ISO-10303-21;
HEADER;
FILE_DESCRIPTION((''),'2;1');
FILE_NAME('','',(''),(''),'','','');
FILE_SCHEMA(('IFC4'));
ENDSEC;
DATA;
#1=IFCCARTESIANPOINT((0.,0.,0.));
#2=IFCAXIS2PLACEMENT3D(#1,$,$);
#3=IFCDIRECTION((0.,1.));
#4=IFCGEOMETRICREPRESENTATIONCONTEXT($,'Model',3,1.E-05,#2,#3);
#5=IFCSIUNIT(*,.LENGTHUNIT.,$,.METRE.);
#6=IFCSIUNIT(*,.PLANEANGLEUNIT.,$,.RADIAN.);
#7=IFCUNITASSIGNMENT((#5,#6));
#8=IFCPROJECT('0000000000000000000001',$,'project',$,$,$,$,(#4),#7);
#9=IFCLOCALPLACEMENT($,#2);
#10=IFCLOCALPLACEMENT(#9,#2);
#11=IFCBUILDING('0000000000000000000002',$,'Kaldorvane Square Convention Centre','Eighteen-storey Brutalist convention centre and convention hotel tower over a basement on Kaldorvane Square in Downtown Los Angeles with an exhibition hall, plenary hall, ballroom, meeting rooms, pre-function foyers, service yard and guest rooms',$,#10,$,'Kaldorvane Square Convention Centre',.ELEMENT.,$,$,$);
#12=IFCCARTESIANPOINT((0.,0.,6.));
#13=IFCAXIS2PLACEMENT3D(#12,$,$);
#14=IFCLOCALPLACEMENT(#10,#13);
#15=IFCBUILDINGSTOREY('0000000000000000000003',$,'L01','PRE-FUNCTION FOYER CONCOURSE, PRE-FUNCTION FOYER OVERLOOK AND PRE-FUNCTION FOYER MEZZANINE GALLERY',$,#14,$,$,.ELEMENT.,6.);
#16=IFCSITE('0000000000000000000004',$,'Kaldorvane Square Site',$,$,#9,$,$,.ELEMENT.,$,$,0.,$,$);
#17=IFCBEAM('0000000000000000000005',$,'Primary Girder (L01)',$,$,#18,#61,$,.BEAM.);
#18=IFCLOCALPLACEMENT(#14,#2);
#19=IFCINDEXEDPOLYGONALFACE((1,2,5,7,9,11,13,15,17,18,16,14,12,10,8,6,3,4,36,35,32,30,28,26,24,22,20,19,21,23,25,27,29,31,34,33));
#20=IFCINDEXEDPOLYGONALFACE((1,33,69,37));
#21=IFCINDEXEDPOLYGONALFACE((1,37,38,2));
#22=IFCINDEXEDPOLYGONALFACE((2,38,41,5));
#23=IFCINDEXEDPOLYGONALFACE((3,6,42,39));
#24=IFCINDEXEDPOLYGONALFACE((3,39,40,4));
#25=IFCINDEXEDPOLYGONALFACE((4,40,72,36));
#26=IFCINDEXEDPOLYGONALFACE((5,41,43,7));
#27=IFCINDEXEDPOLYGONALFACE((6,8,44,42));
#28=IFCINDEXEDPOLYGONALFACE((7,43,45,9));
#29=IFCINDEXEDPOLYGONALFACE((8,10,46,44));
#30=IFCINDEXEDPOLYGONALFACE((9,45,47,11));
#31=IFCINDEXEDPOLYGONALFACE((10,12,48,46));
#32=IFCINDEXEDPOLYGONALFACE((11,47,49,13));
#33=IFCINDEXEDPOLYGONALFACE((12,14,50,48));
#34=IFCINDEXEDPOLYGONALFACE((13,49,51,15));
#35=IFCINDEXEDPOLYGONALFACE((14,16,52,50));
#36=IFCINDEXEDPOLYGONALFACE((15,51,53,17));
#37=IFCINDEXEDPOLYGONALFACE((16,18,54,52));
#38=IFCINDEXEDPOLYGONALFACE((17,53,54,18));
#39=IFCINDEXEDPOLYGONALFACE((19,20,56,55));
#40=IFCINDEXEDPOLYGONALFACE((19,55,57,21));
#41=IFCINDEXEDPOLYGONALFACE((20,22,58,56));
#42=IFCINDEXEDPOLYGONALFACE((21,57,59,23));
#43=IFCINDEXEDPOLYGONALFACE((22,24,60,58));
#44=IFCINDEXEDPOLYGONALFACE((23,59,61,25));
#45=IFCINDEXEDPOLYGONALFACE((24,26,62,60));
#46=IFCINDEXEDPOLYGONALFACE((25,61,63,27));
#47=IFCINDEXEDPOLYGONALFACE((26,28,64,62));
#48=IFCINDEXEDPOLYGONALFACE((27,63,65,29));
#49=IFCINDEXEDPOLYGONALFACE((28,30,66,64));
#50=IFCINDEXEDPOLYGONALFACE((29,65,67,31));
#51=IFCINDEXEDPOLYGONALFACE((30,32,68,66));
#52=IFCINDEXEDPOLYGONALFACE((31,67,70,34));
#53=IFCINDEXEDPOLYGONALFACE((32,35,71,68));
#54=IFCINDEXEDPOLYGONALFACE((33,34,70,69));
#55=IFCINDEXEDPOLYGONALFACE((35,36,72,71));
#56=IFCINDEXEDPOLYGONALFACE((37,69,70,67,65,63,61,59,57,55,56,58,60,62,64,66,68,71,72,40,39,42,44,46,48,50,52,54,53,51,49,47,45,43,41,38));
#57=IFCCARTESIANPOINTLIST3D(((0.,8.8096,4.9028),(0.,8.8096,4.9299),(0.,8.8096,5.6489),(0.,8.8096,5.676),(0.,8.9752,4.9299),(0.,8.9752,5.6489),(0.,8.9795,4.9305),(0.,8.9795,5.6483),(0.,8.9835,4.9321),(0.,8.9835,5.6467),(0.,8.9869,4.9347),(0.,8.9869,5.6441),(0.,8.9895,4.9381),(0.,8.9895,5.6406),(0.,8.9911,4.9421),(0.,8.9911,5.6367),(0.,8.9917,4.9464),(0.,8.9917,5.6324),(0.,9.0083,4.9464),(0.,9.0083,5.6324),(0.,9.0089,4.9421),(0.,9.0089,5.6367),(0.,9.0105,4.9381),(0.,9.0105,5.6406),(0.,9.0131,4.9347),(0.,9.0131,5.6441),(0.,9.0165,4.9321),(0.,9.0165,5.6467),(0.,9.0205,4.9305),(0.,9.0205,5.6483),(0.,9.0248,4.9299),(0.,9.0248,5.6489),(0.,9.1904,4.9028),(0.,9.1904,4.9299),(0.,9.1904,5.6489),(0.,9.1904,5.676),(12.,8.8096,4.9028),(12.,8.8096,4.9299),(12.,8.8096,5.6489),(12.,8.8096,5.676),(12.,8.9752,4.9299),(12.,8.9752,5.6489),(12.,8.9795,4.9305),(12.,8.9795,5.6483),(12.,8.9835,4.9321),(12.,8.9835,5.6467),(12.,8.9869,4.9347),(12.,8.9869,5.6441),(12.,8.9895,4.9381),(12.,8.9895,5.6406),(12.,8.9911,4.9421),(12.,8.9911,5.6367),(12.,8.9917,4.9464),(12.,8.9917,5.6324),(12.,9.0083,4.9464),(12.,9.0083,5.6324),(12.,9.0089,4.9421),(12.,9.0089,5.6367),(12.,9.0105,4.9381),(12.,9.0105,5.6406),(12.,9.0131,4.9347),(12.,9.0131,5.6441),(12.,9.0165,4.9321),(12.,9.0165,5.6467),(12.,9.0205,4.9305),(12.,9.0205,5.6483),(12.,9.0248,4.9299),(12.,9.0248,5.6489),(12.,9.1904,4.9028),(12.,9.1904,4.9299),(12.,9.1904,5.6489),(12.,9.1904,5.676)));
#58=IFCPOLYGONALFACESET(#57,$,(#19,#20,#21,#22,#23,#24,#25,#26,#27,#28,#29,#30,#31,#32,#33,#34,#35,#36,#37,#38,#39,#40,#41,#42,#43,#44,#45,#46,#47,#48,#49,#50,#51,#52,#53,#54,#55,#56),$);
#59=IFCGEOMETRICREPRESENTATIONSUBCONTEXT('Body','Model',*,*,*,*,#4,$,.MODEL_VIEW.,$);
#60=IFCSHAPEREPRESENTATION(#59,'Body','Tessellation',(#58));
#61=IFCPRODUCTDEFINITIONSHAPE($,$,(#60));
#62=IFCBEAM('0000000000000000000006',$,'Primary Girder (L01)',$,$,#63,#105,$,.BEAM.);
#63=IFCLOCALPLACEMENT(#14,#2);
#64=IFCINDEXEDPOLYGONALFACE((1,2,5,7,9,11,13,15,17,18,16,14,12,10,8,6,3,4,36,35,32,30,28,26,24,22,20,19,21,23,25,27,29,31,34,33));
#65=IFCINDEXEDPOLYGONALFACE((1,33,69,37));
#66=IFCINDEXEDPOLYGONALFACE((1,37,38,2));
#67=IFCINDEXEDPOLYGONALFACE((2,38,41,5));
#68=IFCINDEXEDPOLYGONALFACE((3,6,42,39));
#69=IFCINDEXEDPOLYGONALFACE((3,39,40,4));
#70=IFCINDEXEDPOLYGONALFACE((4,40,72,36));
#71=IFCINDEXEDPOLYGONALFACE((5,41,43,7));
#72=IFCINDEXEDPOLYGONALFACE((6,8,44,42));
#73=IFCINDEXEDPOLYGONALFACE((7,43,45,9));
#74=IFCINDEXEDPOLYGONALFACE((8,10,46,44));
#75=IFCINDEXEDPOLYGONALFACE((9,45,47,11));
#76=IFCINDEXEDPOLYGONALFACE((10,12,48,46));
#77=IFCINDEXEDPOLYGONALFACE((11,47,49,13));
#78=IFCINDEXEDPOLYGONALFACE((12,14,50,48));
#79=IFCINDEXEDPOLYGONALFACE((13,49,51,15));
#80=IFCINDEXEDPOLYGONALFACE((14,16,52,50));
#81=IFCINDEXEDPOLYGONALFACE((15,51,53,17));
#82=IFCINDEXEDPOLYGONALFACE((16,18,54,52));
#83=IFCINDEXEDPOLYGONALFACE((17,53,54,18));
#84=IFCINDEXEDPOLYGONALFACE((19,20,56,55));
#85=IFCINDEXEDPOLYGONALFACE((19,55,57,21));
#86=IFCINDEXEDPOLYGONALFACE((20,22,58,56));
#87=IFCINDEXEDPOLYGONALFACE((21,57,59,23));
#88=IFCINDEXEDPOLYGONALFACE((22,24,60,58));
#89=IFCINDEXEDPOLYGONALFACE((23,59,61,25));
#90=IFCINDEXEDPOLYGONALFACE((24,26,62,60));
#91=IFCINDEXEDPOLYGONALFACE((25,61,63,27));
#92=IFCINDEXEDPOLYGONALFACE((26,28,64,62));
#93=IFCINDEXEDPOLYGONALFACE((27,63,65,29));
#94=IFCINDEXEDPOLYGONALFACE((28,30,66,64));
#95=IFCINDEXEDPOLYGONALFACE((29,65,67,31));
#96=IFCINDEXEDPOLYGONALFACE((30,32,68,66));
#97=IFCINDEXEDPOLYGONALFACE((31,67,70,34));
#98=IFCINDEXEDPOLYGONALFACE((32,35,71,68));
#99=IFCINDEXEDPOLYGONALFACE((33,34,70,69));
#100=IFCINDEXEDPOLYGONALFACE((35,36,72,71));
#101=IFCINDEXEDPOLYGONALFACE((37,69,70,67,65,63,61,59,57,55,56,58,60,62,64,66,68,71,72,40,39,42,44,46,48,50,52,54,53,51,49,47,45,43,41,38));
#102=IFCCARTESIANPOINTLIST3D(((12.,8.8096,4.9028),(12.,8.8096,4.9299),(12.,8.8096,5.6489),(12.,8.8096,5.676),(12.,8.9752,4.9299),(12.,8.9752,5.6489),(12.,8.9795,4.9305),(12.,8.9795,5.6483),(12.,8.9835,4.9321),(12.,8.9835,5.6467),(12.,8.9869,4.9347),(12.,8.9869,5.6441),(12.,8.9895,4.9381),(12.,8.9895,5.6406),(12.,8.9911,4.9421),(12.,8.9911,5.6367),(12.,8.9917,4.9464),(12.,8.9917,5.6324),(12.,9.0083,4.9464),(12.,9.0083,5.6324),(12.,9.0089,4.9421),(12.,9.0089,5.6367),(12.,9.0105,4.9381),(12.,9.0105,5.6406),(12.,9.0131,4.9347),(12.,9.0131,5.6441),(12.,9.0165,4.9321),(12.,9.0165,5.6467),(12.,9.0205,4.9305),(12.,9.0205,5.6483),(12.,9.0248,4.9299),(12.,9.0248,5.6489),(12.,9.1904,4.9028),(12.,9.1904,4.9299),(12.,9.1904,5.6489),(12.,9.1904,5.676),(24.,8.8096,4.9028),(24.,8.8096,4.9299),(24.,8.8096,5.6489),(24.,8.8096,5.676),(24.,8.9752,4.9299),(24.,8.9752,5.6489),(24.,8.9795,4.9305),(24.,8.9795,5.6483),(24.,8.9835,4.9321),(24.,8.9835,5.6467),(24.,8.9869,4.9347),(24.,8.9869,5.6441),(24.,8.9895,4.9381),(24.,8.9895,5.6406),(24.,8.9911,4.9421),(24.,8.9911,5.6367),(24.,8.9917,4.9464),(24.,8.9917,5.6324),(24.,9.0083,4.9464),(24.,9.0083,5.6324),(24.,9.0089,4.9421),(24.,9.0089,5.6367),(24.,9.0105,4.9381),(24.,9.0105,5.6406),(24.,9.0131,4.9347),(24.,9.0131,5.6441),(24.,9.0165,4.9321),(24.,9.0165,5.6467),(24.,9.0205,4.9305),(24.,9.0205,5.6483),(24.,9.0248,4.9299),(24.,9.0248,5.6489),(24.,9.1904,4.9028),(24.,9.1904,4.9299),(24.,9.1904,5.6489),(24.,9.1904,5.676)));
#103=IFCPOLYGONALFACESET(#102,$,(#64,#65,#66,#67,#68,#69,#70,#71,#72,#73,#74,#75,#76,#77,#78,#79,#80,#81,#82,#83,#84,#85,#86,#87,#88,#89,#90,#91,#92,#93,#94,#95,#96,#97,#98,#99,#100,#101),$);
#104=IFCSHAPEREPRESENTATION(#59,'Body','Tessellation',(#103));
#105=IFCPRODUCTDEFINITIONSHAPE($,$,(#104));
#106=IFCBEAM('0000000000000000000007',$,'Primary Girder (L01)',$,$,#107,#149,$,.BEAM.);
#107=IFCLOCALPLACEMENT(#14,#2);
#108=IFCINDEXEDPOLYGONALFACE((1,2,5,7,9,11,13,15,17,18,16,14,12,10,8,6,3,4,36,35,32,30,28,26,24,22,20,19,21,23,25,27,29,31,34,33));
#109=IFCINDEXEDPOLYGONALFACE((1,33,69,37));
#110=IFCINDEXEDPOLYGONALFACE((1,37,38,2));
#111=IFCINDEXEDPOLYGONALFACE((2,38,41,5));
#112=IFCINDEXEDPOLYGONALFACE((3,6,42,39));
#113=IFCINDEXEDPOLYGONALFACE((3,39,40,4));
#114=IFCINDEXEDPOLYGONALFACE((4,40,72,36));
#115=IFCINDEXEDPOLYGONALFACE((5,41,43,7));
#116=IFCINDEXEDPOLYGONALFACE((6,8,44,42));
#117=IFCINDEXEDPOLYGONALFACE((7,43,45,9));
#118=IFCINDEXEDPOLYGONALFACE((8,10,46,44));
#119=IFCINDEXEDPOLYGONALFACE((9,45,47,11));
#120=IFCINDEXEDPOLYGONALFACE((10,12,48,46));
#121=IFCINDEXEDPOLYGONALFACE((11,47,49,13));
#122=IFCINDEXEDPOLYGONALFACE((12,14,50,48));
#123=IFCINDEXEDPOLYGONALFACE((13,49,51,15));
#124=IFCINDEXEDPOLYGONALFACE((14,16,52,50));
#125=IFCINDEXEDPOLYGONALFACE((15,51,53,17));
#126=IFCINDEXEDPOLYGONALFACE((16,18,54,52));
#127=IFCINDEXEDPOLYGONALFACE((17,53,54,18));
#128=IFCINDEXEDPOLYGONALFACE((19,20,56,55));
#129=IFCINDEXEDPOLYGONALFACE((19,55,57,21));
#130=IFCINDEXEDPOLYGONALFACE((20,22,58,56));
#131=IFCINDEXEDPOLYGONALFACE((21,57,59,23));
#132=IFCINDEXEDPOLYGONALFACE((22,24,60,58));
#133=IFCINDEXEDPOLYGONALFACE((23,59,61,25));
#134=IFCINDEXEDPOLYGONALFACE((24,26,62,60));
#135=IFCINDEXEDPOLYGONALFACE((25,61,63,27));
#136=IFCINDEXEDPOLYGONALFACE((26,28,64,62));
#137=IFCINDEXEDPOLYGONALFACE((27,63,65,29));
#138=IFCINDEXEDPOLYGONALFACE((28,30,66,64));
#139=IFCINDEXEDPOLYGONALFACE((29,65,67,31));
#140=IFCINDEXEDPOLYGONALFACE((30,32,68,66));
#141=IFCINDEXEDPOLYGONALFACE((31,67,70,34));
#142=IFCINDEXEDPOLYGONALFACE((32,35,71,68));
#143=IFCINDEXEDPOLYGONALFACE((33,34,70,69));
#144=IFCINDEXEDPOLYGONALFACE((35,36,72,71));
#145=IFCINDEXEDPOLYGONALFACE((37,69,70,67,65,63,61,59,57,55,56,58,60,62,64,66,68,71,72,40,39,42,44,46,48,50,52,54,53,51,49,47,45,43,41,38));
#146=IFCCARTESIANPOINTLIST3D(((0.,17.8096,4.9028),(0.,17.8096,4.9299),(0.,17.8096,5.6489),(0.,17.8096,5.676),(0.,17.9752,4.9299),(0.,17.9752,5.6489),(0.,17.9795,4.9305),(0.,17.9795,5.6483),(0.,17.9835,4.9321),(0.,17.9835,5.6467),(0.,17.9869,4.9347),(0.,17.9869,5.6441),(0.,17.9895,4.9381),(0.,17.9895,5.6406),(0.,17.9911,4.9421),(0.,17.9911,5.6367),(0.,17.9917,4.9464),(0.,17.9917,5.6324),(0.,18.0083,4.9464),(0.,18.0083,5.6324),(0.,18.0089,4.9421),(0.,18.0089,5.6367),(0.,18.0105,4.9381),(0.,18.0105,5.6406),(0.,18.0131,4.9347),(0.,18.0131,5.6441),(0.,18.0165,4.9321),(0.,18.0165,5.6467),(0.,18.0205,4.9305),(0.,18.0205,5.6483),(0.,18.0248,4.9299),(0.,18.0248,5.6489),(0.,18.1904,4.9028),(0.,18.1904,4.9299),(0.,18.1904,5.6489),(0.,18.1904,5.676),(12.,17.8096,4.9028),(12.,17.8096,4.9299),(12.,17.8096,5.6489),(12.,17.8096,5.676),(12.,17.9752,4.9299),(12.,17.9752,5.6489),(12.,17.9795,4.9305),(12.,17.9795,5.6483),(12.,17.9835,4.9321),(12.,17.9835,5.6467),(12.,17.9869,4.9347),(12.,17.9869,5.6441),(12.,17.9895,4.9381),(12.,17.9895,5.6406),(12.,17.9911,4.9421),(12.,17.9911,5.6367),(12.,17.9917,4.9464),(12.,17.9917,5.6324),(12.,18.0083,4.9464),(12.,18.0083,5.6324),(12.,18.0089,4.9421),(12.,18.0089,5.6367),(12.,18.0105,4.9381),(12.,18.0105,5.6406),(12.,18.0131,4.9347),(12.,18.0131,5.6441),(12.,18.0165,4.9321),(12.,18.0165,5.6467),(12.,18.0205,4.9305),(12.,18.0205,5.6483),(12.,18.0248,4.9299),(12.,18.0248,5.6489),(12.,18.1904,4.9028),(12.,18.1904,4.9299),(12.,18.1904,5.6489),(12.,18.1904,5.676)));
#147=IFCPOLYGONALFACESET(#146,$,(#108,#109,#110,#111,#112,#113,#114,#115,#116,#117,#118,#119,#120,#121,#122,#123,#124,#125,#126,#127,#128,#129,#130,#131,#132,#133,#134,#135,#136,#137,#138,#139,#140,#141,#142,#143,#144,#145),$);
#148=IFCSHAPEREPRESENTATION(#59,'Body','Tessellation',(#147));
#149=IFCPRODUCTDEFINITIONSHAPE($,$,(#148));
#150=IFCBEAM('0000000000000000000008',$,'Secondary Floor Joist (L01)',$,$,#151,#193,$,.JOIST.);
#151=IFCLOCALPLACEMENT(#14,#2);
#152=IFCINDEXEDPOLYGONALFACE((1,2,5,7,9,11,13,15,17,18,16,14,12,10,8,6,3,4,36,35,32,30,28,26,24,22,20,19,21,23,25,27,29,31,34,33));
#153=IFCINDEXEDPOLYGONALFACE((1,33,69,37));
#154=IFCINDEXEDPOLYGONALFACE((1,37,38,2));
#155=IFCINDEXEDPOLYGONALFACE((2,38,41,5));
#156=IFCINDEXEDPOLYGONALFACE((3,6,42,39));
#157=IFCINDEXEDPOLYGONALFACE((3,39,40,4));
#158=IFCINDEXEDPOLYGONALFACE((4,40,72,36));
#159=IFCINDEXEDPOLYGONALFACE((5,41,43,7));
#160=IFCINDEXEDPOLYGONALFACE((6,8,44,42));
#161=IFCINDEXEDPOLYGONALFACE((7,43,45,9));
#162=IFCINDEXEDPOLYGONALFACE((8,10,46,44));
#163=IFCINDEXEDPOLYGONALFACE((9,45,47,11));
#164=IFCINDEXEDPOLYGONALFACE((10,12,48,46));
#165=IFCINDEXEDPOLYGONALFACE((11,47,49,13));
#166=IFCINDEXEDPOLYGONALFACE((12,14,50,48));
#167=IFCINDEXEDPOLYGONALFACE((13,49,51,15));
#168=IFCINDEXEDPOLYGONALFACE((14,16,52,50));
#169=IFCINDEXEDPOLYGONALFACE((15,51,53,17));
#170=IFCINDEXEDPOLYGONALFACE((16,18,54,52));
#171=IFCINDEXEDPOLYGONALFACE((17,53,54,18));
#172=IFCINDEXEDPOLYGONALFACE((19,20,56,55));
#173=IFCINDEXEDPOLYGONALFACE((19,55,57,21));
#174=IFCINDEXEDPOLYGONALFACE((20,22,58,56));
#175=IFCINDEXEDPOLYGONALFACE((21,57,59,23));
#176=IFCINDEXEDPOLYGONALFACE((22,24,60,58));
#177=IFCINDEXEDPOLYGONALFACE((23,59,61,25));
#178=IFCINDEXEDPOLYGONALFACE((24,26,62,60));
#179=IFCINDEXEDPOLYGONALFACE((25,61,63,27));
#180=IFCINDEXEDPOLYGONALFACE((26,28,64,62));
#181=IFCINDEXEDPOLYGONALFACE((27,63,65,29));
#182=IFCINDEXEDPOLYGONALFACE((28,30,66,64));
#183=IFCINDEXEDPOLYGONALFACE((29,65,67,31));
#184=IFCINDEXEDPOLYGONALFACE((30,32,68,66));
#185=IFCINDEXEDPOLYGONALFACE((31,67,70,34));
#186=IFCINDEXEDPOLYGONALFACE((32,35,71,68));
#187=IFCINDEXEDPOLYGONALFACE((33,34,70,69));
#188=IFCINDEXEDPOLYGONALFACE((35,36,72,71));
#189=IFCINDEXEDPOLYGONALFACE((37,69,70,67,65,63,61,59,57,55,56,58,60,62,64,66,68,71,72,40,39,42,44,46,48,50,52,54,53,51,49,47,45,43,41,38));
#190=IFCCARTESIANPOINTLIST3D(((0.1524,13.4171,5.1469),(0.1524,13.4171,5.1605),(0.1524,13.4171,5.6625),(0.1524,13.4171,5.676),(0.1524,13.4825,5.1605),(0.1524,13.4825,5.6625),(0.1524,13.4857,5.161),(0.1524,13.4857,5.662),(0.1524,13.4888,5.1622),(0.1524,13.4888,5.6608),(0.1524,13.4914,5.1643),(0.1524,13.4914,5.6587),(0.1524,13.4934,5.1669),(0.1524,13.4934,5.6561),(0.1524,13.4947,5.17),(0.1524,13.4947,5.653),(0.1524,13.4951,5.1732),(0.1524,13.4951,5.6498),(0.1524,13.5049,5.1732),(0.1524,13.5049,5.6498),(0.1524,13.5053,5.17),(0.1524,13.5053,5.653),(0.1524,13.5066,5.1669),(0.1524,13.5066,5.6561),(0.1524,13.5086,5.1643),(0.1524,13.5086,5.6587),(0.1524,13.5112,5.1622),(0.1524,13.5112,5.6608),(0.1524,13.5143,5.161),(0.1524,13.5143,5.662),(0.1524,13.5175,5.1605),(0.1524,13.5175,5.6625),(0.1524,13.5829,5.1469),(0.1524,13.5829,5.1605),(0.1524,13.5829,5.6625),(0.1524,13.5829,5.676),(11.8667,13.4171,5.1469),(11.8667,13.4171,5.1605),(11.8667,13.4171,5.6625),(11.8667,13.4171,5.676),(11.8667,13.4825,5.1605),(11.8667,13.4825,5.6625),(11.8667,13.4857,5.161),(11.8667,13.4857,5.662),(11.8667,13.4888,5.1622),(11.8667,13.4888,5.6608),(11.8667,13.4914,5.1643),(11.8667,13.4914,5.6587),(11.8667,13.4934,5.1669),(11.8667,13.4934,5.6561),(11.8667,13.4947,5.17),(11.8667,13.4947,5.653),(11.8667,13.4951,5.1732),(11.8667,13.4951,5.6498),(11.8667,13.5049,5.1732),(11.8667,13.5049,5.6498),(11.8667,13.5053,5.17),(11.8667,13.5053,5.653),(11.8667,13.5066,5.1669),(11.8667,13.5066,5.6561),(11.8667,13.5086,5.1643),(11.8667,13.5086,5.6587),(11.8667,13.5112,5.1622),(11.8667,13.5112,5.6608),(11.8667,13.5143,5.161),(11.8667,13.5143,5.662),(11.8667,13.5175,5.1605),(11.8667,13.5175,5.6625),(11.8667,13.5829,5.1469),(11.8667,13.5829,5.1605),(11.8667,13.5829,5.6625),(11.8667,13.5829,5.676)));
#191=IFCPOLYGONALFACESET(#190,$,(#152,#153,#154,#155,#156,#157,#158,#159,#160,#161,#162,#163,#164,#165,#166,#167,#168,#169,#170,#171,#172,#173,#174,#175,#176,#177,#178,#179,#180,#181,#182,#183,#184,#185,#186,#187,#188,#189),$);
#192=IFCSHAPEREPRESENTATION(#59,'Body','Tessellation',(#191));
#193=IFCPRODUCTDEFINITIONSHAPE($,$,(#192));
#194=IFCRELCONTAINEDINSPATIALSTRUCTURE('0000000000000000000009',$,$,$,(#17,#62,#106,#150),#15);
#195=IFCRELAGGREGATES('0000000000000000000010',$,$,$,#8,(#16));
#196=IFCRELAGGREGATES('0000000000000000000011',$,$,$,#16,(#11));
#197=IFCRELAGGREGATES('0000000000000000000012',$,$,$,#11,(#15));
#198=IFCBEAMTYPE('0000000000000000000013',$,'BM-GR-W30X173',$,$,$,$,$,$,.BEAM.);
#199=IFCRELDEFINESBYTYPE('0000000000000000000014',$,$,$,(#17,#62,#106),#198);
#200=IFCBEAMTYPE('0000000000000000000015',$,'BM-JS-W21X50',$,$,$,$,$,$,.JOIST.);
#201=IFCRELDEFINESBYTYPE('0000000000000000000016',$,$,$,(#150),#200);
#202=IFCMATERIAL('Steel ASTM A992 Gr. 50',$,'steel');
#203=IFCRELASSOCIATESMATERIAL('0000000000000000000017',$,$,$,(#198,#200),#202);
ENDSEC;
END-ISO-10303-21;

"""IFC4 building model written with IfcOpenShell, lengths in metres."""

from ifc_helpers import new_model, si_unit, direction, frame, origin, origin_2d, place, context, subcontext, project, spatial, i_section, extrude, material, material_profile, profile_set, type_object, element, save


model = new_model("IFC4")

# Units and contexts
model_context = context("Model", 3, precision=1e-05, world=origin(), true_north=direction((0.0, 1.0)))
body_context = subcontext(model_context, "Body", "Model", "MODEL_VIEW")
ifc_project = project(units=[si_unit("LENGTHUNIT", "METRE"), si_unit("PLANEANGLEUNIT", "RADIAN")], contexts=[model_context])

# Site, building, storey
site_placement = place(None, origin())
site = spatial("IfcSite", under=ifc_project, at=site_placement, Name="Kaldorvane Square Site", CompositionType="ELEMENT", RefElevation=0.0)
building_placement = place(site_placement, origin())
building = spatial("IfcBuilding", under=site, at=building_placement, Name="Kaldorvane Square Convention Centre", Description="Eighteen-storey Brutalist convention centre and convention hotel tower over a basement on Kaldorvane Square in Downtown Los Angeles with an exhibition hall, plenary hall, ballroom, meeting rooms, pre-function foyers, service yard and guest rooms", LongName="Kaldorvane Square Convention Centre", CompositionType="ELEMENT")
storey_placement = place(building_placement, frame((0.0, 0.0, 6.0)))
storey = spatial("IfcBuildingStorey", under=building, at=storey_placement, Name="L01", Description="PRE-FUNCTION FOYER CONCOURSE, PRE-FUNCTION FOYER OVERLOOK AND PRE-FUNCTION FOYER MEZZANINE GALLERY", CompositionType="ELEMENT", Elevation=6.0)

# Shared definitions
ifc_material_1 = material(Name="Steel ASTM A992 Gr. 50", Category="steel")

# Beams
ifc_material_profile_1 = material_profile(ifc_material_1, i_section(OverallWidth=0.3807, OverallDepth=0.7732, WebThickness=0.0166, FlangeThickness=0.0271, FilletRadius=0.0165, at=origin_2d()), Name="W30X173")
ifc_profile_set_1 = profile_set([ifc_material_profile_1], Name="Steel ASTM A992 Gr. 50")
beam_type_1 = type_object("IfcBeamType", Name="BM-GR-W30X173", PredefinedType="BEAM", material=ifc_profile_set_1)
for number, where, z_axis, x_axis, name in (
    (1, (0.0, 9.0, 5.2894), (1.0, 0.0, 0.0), (0.0, 1.0, 0.0), "Primary Girder (L01)"),
    (2, (12.0, 9.0, 5.2894), (1.0, 0.0, 0.0), (0.0, 1.0, 0.0), "Primary Girder (L01)"),
    (3, (0.0, 18.0, 5.2894), (1.0, 0.0, 0.0), (0.0, 1.0, 0.0), "Primary Girder (L01)"),
):
    element("IfcBeam", number, at=place(storey_placement, frame(where, z_axis=z_axis, x_axis=x_axis)), inside=storey, type_object=beam_type_1, Name=name, PredefinedType="BEAM", context=body_context, shape_type="SweptSolid", body=[
        extrude(i_section(OverallWidth=0.3807, OverallDepth=0.7732, WebThickness=0.0166, FlangeThickness=0.0271, FilletRadius=0.0165, at=origin_2d()), origin(), (0.0, 0.0, 1.0), 12.0),
    ])
ifc_material_profile_2 = material_profile(ifc_material_1, i_section(OverallWidth=0.1659, OverallDepth=0.5291, WebThickness=0.0097, FlangeThickness=0.0136, FilletRadius=0.0127, at=origin_2d()), Name="W21X50")
ifc_profile_set_2 = profile_set([ifc_material_profile_2], Name="Steel ASTM A992 Gr. 50")
beam_type_2 = type_object("IfcBeamType", Name="BM-JS-W21X50", PredefinedType="JOIST", material=ifc_profile_set_2)
beam_1_placement = place(storey_placement, frame((0.1524, 13.5, 5.4115), z_axis=(1.0, 0.0, 0.0), x_axis=(0.0, 1.0, 0.0)))
element("IfcBeam", 4, at=beam_1_placement, inside=storey, type_object=beam_type_2, Name="Secondary Floor Joist (L01)", PredefinedType="JOIST", context=body_context, shape_type="SweptSolid", body=[
    extrude(i_section(OverallWidth=0.1659, OverallDepth=0.5291, WebThickness=0.0097, FlangeThickness=0.0136, FilletRadius=0.0127, at=origin_2d()), origin(), (0.0, 0.0, 1.0), 11.7143),
])

save(model, "model.ifc")
